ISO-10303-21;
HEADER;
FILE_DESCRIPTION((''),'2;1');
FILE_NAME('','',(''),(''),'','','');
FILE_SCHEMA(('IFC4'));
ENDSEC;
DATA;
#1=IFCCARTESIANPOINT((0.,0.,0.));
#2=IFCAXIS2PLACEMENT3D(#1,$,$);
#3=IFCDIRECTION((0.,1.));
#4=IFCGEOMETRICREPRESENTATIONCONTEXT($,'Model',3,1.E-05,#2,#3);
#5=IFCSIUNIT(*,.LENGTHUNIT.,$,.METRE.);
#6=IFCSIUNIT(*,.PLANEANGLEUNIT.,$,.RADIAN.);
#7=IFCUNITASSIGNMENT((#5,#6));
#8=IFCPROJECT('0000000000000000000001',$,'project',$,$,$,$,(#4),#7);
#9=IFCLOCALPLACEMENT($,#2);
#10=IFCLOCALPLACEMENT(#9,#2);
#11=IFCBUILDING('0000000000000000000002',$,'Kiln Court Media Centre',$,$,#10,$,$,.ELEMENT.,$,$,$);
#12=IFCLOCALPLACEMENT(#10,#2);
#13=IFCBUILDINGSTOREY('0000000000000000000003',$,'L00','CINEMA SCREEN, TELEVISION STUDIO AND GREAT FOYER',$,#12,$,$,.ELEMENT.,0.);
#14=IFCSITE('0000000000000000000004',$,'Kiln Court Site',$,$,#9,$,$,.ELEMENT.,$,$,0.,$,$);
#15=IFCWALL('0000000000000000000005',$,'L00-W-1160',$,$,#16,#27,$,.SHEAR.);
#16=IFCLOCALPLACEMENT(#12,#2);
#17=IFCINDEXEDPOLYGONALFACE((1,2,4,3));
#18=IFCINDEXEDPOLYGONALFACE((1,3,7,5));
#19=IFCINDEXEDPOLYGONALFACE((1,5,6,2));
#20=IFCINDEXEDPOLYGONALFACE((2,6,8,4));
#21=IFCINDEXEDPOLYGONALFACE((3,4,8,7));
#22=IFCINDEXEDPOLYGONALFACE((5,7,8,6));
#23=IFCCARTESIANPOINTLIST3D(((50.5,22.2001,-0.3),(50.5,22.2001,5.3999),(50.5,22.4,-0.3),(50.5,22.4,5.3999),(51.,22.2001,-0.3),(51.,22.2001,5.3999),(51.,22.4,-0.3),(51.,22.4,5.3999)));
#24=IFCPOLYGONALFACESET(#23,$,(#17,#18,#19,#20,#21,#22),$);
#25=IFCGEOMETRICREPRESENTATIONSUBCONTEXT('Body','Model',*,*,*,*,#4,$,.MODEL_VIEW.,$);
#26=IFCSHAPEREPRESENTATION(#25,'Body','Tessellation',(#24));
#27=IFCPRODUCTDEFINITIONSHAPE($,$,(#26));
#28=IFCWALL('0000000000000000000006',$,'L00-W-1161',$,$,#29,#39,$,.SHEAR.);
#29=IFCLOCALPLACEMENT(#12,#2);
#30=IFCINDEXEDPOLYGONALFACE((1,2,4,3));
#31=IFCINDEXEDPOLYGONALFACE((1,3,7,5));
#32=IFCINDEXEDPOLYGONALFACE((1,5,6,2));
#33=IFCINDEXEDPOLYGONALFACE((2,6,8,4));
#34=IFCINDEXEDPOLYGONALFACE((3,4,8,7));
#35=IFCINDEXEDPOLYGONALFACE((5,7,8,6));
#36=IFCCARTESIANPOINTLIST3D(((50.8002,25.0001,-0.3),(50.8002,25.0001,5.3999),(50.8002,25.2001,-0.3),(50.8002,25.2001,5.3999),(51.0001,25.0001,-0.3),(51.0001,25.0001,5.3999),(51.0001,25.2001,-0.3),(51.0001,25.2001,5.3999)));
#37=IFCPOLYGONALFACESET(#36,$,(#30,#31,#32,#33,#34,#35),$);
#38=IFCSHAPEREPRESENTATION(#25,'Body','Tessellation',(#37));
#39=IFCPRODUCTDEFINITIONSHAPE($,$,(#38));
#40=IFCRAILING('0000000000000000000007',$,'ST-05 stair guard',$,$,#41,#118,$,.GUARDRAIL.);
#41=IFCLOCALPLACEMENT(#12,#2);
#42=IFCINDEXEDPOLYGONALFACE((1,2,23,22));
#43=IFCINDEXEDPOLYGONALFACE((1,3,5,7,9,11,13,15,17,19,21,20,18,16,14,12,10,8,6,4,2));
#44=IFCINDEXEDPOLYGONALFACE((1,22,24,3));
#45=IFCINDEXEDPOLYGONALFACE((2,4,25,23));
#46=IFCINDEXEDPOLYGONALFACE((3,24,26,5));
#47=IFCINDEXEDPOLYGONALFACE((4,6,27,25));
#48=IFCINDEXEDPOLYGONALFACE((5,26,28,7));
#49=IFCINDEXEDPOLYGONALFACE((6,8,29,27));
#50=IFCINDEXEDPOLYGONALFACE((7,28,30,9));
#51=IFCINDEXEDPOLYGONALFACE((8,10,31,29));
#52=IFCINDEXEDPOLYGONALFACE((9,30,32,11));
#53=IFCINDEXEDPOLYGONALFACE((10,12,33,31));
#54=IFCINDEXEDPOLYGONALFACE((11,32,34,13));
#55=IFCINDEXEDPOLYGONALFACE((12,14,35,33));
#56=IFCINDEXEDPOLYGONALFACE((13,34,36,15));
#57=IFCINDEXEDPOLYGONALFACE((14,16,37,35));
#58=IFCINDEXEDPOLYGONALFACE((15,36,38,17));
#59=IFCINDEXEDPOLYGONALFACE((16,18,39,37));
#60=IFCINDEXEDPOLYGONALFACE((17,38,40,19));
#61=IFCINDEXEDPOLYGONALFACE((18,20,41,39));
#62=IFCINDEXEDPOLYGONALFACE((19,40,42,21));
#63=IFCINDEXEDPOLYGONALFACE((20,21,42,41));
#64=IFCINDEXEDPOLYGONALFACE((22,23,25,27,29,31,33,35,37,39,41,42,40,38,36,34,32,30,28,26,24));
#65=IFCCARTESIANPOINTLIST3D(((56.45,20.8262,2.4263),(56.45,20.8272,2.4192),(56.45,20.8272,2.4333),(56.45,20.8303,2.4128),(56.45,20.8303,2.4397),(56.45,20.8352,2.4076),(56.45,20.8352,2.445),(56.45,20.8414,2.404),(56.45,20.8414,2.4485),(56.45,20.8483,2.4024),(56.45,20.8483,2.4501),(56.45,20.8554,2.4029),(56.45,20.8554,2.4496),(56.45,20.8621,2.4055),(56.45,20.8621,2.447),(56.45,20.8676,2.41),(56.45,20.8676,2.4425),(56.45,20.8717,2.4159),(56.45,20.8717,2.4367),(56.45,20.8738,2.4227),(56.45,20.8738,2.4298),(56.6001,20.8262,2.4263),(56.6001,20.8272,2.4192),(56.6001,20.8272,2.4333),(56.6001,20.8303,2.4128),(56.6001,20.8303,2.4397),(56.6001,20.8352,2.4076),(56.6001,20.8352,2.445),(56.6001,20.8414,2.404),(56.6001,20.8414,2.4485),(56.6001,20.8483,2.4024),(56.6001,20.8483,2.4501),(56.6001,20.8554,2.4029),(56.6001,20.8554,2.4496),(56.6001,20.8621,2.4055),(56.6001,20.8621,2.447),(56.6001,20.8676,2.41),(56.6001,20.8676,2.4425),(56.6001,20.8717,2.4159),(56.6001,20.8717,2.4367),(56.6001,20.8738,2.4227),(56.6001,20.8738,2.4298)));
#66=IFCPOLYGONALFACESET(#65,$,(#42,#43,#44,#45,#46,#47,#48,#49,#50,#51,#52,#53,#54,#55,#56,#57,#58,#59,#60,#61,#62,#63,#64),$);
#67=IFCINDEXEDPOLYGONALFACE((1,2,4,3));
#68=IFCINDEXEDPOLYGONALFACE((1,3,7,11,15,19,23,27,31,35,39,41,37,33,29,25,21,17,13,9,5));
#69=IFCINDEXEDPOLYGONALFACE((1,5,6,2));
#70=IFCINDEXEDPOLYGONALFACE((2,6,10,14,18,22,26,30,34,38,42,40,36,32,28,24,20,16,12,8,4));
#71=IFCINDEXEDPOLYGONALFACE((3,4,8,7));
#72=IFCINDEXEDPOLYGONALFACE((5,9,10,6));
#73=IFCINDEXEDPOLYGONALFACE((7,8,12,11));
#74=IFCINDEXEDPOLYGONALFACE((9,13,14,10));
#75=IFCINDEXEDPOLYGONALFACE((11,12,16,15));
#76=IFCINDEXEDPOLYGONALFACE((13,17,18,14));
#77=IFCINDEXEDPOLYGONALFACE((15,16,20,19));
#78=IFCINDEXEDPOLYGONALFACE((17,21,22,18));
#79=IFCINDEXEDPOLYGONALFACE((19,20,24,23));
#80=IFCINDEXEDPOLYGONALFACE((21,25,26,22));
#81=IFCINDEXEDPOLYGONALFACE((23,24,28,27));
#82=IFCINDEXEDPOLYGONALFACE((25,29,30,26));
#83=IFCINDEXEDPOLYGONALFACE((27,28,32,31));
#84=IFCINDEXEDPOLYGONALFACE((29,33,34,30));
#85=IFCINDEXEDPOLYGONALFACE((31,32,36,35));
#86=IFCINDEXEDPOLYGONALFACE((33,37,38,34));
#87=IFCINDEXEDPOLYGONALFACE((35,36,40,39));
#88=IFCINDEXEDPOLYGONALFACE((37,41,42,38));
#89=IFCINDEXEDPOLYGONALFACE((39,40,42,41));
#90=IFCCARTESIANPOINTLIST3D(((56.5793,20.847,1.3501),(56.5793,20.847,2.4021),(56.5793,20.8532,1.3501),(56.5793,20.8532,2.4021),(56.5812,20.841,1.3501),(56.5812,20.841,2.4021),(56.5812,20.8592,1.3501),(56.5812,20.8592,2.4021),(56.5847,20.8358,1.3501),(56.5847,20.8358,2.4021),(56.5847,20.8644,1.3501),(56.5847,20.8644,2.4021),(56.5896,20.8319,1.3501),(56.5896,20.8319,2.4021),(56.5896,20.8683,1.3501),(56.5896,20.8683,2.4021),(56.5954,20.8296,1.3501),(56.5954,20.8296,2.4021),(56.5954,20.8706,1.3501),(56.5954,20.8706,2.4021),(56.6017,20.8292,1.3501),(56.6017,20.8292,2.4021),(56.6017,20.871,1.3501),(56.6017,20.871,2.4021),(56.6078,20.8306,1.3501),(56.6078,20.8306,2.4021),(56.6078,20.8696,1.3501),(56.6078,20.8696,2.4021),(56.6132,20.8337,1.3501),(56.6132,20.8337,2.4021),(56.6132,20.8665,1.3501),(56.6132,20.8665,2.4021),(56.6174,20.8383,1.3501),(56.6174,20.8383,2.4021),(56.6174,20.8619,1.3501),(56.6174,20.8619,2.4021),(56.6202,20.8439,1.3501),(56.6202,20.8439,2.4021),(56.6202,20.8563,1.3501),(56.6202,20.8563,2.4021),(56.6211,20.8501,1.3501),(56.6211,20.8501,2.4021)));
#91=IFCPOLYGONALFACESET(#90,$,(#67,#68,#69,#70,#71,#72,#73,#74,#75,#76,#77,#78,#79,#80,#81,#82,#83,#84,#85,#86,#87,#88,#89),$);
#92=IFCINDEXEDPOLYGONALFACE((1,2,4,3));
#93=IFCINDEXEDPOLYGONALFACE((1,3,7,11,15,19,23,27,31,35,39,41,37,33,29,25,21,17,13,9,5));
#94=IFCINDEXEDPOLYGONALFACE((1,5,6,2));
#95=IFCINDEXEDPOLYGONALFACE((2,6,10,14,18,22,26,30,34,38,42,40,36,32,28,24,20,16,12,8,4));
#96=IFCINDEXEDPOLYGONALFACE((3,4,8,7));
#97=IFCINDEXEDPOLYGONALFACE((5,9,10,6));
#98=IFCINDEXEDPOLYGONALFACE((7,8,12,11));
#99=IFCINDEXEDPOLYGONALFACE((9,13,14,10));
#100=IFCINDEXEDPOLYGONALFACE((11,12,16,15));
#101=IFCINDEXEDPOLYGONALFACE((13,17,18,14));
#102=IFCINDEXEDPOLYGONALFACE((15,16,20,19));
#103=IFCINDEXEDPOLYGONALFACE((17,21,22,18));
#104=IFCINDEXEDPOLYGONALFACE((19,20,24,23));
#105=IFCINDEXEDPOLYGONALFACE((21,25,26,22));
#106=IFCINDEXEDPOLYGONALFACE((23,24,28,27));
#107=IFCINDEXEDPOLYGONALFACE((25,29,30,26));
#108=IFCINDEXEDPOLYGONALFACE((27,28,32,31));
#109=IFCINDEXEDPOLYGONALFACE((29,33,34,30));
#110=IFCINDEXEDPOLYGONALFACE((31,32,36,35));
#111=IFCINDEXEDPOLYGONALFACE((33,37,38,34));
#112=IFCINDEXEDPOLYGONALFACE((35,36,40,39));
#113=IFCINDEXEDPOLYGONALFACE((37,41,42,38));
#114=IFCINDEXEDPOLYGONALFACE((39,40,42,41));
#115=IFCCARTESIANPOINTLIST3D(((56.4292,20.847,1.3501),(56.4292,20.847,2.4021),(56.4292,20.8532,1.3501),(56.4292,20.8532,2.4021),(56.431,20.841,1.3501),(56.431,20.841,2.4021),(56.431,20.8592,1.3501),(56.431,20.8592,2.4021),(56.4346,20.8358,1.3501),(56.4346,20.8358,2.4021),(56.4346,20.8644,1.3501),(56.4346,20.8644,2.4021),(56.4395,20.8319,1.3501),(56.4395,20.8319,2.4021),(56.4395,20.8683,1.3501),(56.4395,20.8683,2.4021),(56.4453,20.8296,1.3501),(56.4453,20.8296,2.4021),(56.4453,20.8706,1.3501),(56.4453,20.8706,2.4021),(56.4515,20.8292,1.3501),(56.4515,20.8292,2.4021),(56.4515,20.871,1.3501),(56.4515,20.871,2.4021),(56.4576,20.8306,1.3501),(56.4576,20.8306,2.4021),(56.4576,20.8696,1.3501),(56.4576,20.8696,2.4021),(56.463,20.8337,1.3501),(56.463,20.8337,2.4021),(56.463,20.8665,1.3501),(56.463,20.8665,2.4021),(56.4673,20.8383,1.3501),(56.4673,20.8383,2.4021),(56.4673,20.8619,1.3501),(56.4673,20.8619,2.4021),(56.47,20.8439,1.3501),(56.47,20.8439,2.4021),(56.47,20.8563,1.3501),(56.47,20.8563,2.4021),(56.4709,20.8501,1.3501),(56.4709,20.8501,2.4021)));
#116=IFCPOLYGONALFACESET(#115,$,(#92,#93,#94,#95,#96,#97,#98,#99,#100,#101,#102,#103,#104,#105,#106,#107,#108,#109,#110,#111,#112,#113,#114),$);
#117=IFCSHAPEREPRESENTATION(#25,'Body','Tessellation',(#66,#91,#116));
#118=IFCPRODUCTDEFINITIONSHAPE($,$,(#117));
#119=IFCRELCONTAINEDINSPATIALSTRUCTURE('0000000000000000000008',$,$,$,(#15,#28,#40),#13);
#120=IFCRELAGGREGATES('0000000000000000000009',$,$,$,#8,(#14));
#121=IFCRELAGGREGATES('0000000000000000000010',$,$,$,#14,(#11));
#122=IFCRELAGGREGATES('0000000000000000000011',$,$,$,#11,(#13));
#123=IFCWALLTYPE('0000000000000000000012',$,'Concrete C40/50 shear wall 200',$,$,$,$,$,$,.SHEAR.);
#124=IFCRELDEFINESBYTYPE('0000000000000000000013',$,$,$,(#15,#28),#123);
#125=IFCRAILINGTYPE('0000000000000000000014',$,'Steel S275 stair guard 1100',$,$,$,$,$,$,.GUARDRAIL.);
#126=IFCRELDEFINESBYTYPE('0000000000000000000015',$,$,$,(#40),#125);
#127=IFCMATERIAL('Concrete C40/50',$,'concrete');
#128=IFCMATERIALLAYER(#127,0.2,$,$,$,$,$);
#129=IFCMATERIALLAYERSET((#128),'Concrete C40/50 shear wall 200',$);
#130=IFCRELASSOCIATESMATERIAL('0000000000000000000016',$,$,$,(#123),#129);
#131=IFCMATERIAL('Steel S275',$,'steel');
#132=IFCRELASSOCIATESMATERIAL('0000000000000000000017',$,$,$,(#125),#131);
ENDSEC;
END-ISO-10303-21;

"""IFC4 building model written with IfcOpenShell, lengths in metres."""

from ifc_helpers import new_model, si_unit, direction, frame, frame_2d, origin, origin_2d, place, context, subcontext, project, spatial, rectangle, circle, extrude, material, layer, layer_set, type_object, element, save


model = new_model("IFC4")

# Units and contexts
model_context = context("Model", 3, precision=1e-05, world=origin(), true_north=direction((0.0, 1.0)))
body_context = subcontext(model_context, "Body", "Model", "MODEL_VIEW")
ifc_project = project(units=[si_unit("LENGTHUNIT", "METRE"), si_unit("PLANEANGLEUNIT", "RADIAN")], contexts=[model_context])

# Site, building, storey
site_placement = place(None, origin())
site = spatial("IfcSite", under=ifc_project, at=site_placement, Name="Kiln Court Site", CompositionType="ELEMENT", RefElevation=0.0)
building_placement = place(site_placement, origin())
building = spatial("IfcBuilding", under=site, at=building_placement, Name="Kiln Court Media Centre", CompositionType="ELEMENT")
storey_placement = place(building_placement, origin())
storey = spatial("IfcBuildingStorey", under=building, at=storey_placement, Name="L00", Description="CINEMA SCREEN, TELEVISION STUDIO AND GREAT FOYER", CompositionType="ELEMENT", Elevation=0.0)

# Shared definitions
ifc_material_1 = material(Name="Concrete C40/50", Category="concrete")
ifc_layer_1 = layer(ifc_material_1, 0.2)
ifc_layer_set_1 = layer_set([ifc_layer_1], Name="Concrete C40/50 shear wall 200")
wall_type_1 = type_object("IfcWallType", Name="Concrete C40/50 shear wall 200", PredefinedType="SHEAR", material=ifc_layer_set_1)

# Walls
wall_1_placement = place(storey_placement, frame((51.0, 22.3, -0.3), z_axis=(0.0, 0.0, 1.0), x_axis=(-1.0, 0.0, 0.0)))
element("IfcWall", 1, at=wall_1_placement, inside=storey, type_object=wall_type_1, Name="L00-W-1160", PredefinedType="SHEAR", context=body_context, shape_type="SweptSolid", body=[
    extrude(rectangle(XDim=0.5, YDim=0.2, at=frame_2d((0.25, 0.0))), origin(), (0.0, 0.0, 1.0), 5.7),
])
wall_2_placement = place(storey_placement, frame((50.8, 25.1001, -0.3), z_axis=(0.0, 0.0, 1.0), x_axis=(1.0, 0.0, 0.0)))
element("IfcWall", 2, at=wall_2_placement, inside=storey, type_object=wall_type_1, Name="L00-W-1161", PredefinedType="SHEAR", context=body_context, shape_type="SweptSolid", body=[
    extrude(rectangle(XDim=0.2, YDim=0.2, at=frame_2d((0.1001, 0.0))), origin(), (0.0, 0.0, 1.0), 5.7),
])

# Railing
ifc_material_2 = material(Name="Steel S275", Category="steel")
railing_type_1 = type_object("IfcRailingType", Name="Steel S275 stair guard 1100", PredefinedType="GUARDRAIL", material=ifc_material_2)
railing_1_placement = place(storey_placement, frame((56.6001, 20.8501, 1.3501)))
element("IfcRailing", 3, at=railing_1_placement, inside=storey, type_object=railing_type_1, Name="ST-05 stair guard", PredefinedType="GUARDRAIL", context=body_context, shape_type="SweptSolid", body=[
    extrude(circle(Radius=0.0239, at=origin_2d()), frame((0.0, 0.0, 1.0762), z_axis=(-1.0, 0.0, 0.0), x_axis=(0.0, -1.0, 0.0)), (0.0, 0.0, 1.0), 0.1501),
    extrude(circle(Radius=0.021, at=origin_2d()), origin(), (0.0, 0.0, 1.0), 1.052),
    extrude(circle(Radius=0.021, at=origin_2d()), frame((-0.1501, 0.0, 0.0)), (0.0, 0.0, 1.0), 1.052),
])

save(model, "model.ifc")
